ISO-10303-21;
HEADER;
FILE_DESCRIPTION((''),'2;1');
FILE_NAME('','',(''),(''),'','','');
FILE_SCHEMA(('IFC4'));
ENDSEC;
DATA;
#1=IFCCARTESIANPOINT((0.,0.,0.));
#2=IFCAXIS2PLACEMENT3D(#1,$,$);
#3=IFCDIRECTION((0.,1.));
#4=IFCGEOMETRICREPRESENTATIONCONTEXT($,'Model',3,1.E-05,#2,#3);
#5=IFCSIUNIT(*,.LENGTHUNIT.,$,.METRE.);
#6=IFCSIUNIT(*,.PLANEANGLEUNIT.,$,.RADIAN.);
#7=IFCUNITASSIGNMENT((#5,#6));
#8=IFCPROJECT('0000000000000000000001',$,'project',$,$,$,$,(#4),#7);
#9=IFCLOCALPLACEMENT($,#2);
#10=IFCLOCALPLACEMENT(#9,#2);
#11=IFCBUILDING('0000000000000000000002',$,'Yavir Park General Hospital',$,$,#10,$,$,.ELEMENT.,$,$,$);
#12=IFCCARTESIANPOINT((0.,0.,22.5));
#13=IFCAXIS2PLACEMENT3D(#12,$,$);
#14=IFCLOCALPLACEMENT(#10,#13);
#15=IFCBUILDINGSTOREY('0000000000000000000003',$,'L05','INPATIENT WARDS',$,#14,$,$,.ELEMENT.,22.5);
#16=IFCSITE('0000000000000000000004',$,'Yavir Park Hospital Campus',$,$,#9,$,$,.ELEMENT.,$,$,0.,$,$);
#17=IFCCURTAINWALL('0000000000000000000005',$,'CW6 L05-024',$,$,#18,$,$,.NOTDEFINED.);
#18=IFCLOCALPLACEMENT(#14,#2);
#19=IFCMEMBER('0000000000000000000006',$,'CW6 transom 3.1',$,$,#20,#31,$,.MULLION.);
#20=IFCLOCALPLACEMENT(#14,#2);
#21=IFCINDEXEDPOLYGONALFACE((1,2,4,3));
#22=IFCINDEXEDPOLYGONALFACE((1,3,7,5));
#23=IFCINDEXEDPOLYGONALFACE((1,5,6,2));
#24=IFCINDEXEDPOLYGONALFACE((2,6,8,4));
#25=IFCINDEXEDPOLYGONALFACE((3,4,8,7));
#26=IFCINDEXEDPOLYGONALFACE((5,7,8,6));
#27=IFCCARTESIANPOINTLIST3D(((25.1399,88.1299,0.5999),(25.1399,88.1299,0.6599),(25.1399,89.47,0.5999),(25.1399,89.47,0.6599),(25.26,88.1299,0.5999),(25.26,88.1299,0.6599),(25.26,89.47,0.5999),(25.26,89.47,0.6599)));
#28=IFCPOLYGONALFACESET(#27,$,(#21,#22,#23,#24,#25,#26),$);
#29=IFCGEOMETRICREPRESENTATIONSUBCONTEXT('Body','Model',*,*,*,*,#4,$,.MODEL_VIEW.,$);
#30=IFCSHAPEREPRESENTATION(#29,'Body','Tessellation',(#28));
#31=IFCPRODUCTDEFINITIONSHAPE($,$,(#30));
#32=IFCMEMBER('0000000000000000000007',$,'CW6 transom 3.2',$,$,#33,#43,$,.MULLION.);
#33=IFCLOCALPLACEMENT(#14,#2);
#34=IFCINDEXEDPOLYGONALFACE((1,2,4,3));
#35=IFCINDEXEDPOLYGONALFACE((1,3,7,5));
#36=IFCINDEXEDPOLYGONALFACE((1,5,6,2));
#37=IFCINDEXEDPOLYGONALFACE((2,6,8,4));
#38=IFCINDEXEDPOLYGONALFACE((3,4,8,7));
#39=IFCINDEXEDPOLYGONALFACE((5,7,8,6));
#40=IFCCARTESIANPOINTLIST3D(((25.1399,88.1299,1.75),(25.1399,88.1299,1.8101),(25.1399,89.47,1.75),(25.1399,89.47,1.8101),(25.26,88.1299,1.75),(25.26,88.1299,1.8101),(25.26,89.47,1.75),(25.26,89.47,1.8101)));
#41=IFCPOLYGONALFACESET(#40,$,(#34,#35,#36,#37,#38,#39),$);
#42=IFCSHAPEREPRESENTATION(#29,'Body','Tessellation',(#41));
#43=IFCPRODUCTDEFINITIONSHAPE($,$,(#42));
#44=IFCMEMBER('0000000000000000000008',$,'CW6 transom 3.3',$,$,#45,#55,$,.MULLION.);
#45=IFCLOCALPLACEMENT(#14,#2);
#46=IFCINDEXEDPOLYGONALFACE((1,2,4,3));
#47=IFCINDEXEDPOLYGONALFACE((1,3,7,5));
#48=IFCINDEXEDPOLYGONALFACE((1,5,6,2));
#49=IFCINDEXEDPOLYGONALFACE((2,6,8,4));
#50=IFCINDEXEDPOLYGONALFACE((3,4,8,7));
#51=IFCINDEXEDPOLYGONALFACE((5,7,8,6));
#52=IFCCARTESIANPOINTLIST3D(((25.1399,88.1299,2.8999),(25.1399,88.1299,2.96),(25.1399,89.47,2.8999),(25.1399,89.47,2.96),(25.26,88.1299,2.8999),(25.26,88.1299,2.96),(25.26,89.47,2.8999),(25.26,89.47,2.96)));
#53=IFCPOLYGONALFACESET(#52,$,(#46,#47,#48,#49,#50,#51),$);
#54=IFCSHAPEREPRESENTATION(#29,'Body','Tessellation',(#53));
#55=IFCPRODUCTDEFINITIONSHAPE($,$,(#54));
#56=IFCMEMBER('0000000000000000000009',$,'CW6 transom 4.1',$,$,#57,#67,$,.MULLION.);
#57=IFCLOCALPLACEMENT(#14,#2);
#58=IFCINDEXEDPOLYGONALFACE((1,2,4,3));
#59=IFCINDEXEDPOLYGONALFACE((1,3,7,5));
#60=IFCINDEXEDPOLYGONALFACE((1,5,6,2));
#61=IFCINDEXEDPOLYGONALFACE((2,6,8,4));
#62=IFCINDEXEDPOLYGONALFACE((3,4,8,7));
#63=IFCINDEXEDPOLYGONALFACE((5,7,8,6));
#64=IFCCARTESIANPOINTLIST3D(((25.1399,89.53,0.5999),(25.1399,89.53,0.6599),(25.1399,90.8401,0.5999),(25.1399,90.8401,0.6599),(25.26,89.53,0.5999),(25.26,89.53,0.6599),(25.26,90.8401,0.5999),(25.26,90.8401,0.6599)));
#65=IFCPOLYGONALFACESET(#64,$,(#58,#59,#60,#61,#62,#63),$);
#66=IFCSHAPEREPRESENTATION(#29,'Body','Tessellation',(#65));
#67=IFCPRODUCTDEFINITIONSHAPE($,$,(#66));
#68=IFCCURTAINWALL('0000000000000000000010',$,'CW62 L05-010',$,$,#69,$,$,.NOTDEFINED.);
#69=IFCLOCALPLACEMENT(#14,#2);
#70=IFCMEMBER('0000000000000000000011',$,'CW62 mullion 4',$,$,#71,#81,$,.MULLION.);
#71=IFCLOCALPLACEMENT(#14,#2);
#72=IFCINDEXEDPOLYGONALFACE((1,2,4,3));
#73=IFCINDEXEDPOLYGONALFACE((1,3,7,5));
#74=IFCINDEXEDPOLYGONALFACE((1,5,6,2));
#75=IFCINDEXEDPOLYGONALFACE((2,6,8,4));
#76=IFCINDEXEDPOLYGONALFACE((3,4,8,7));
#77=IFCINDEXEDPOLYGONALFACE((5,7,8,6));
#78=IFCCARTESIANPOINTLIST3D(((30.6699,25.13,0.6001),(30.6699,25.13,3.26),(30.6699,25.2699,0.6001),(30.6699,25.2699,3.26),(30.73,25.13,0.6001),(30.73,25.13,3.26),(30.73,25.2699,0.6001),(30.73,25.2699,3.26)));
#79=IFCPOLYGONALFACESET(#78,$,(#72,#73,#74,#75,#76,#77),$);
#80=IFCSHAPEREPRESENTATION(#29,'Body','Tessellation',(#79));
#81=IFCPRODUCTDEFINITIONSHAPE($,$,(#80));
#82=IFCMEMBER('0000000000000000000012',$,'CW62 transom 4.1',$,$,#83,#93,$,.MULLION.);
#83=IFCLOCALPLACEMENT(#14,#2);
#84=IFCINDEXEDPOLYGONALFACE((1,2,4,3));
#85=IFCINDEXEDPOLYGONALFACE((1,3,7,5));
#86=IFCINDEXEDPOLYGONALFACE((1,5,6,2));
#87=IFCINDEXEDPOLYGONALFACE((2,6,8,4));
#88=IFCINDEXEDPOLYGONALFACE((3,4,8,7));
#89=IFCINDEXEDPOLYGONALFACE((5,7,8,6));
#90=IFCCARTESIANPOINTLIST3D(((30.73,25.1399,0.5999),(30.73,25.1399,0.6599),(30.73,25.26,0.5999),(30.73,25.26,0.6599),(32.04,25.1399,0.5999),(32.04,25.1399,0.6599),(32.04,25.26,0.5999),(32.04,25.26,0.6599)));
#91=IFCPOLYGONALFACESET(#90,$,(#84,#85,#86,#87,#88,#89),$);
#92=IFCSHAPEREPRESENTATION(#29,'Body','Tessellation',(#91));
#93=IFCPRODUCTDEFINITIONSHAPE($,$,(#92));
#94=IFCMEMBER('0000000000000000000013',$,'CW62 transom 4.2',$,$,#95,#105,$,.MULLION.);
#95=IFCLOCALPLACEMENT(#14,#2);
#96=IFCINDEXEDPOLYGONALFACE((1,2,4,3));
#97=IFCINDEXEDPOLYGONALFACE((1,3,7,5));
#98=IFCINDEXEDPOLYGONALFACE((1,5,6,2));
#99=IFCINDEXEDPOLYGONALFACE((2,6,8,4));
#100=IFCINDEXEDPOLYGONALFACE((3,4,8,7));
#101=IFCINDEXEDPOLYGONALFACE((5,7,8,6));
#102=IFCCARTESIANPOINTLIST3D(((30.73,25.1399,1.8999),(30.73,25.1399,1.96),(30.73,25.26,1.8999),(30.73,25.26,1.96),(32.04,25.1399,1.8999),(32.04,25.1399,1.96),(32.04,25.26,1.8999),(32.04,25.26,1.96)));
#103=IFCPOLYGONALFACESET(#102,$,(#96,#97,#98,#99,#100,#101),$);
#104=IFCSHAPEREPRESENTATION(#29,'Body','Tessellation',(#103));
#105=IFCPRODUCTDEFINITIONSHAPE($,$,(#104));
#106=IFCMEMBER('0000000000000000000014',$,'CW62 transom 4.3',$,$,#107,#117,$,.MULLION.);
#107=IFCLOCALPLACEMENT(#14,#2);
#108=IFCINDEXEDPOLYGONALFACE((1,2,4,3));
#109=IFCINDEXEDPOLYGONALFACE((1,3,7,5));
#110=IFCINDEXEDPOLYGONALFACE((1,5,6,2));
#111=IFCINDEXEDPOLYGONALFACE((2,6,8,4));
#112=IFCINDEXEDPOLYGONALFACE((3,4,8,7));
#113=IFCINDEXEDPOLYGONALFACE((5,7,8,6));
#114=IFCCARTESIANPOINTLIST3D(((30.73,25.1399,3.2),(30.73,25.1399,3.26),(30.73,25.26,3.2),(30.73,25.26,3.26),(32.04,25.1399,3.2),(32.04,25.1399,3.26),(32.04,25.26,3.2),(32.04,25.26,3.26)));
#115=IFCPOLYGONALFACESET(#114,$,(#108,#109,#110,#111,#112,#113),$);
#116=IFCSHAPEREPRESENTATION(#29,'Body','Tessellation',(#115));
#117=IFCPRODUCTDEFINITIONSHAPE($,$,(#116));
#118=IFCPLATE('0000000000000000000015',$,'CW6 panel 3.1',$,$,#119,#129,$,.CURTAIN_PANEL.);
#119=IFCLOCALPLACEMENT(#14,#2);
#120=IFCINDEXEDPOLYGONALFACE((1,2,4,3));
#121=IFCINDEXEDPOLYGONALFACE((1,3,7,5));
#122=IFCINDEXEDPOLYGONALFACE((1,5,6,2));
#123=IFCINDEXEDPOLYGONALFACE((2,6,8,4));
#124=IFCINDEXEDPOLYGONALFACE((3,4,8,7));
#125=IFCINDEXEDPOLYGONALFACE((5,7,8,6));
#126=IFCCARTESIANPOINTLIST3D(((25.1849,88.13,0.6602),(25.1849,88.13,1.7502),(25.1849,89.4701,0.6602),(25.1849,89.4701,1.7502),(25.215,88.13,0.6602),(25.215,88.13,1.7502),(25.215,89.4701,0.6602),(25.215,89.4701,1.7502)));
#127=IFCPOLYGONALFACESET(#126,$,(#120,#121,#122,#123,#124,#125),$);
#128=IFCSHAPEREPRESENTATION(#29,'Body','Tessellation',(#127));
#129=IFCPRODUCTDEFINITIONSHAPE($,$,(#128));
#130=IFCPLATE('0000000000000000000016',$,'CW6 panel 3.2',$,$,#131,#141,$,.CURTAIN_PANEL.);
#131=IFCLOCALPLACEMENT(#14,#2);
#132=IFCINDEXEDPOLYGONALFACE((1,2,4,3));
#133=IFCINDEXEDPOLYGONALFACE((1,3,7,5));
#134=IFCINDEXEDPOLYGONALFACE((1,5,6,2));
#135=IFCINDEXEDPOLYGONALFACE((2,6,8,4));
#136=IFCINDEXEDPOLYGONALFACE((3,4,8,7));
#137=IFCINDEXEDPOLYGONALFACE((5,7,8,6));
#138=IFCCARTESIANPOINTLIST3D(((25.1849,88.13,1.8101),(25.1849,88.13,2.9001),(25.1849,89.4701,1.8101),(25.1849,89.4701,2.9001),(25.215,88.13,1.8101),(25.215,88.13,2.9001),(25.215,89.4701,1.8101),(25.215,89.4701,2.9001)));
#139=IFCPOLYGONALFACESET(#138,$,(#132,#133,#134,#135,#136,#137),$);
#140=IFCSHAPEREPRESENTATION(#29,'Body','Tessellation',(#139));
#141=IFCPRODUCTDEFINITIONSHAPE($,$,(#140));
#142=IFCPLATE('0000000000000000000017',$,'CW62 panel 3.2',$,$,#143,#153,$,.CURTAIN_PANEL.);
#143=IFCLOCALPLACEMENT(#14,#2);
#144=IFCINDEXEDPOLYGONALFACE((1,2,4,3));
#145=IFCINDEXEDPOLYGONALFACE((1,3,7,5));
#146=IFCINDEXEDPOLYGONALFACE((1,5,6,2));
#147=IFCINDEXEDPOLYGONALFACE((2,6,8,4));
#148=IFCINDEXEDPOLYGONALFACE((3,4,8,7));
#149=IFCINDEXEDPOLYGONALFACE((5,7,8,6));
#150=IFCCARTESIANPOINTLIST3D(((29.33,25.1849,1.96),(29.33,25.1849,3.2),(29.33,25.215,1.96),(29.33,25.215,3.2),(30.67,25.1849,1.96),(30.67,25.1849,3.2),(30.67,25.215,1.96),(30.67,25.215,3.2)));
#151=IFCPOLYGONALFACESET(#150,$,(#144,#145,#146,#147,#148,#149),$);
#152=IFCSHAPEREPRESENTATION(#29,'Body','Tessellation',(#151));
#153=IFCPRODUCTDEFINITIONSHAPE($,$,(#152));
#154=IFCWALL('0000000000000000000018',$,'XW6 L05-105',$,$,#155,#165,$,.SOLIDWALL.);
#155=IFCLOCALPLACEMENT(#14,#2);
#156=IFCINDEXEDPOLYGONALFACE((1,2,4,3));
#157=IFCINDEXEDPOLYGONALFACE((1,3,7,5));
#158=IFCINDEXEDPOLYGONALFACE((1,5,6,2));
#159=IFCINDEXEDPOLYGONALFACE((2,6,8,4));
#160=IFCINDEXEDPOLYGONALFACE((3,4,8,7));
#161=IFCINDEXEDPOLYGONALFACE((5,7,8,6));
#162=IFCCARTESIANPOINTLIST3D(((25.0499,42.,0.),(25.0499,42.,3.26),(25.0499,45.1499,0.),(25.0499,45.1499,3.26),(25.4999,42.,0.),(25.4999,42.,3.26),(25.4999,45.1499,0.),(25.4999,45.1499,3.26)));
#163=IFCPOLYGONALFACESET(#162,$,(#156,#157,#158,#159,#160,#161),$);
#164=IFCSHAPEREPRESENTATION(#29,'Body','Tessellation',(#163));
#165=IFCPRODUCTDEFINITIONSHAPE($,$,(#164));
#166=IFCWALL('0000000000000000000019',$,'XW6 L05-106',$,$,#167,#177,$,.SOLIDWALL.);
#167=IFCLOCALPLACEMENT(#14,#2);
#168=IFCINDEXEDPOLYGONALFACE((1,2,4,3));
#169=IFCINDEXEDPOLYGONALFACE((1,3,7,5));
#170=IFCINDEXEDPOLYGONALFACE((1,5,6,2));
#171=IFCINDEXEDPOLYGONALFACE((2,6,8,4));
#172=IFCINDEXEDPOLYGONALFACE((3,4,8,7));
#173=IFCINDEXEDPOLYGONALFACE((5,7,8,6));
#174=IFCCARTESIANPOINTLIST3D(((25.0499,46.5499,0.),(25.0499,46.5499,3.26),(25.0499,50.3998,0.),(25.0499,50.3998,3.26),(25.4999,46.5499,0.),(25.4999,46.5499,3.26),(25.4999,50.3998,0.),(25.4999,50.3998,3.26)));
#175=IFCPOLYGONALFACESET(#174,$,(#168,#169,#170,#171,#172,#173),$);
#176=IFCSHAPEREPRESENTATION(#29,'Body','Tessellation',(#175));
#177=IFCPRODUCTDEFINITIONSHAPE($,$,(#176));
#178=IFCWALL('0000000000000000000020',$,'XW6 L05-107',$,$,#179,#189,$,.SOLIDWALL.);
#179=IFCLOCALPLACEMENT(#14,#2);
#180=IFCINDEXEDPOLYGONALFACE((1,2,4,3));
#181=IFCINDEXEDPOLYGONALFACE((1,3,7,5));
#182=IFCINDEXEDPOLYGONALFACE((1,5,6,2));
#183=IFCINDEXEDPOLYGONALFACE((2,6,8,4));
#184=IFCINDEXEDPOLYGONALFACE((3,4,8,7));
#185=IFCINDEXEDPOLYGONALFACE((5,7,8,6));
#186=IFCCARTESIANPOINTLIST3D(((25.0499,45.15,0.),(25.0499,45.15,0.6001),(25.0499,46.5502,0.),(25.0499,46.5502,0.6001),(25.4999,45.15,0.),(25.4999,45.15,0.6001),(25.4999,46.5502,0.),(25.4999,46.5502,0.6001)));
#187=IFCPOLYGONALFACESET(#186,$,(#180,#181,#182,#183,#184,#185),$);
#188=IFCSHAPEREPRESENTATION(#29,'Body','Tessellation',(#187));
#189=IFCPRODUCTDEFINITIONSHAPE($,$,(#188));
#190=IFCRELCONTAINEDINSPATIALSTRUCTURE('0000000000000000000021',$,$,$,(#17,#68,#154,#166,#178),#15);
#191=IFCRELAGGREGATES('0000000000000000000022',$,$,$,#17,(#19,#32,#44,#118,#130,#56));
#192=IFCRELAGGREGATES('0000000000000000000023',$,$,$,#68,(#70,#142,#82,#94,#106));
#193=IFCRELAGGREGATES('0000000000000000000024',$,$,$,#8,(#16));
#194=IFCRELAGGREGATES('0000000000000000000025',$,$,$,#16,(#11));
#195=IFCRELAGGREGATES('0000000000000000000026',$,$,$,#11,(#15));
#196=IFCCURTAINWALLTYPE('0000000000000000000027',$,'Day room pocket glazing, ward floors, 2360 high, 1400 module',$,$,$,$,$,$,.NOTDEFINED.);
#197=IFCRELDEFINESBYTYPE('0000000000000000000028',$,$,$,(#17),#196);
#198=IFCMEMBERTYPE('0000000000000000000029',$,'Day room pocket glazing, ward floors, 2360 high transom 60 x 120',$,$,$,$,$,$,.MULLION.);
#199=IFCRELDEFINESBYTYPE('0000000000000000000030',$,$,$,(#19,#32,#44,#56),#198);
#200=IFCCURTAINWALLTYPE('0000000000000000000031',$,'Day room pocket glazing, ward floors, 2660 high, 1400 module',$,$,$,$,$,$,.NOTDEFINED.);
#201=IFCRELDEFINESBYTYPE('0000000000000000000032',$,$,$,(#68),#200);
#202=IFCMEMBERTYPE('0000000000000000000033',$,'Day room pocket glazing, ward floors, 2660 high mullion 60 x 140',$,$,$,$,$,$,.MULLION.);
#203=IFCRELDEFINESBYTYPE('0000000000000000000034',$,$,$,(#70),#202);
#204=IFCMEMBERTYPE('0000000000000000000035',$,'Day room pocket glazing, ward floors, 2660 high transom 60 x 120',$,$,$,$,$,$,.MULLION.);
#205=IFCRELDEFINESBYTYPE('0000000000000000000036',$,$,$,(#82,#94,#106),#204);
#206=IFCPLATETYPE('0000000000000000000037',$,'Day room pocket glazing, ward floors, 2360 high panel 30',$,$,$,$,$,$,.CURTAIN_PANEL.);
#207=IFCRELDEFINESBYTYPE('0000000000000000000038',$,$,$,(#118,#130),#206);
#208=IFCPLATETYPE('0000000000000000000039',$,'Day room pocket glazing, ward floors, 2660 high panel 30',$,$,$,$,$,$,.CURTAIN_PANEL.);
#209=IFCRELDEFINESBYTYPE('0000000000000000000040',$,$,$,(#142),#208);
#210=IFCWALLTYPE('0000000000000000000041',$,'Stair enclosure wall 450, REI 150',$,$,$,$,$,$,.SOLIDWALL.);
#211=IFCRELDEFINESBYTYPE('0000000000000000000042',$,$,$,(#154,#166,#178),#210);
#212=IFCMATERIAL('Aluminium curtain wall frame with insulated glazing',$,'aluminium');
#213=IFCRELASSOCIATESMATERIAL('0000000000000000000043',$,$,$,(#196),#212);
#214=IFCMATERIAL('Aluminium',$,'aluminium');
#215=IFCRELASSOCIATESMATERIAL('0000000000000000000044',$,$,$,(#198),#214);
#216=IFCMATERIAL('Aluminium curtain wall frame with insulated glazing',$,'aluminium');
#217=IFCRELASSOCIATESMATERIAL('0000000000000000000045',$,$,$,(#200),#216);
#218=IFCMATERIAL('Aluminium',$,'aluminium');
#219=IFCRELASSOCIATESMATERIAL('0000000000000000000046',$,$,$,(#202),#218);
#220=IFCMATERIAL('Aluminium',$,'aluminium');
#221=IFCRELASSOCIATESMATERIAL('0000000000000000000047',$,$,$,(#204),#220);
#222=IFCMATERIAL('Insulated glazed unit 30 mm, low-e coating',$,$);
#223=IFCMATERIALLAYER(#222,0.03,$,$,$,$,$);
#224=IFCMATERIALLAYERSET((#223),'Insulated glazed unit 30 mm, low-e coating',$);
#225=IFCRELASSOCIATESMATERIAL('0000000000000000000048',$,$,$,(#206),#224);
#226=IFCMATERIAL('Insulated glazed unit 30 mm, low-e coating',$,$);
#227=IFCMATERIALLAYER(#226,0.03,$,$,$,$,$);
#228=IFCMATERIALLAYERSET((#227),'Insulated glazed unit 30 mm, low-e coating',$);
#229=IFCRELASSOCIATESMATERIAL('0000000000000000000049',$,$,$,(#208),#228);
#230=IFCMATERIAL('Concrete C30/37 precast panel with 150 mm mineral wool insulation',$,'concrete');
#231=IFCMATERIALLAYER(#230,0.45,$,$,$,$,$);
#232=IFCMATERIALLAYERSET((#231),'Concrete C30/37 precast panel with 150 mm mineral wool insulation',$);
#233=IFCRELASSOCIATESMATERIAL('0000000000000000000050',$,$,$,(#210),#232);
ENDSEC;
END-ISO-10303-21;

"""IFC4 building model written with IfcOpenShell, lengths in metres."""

from ifc_helpers import new_model, si_unit, direction, frame, frame_2d, origin, origin_2d, place, context, subcontext, project, spatial, rectangle, extrude, material, layer, layer_set, material_profile, profile_set, type_object, element, aggregate, save


model = new_model("IFC4")

# Units and contexts
model_context = context("Model", 3, precision=1e-05, world=origin(), true_north=direction((0.0, 1.0)))
body_context = subcontext(model_context, "Body", "Model", "MODEL_VIEW")
ifc_project = project(units=[si_unit("LENGTHUNIT", "METRE"), si_unit("PLANEANGLEUNIT", "RADIAN")], contexts=[model_context])

# Site, building, storey
site_placement = place(None, origin())
site = spatial("IfcSite", under=ifc_project, at=site_placement, Name="Yavir Park Hospital Campus", CompositionType="ELEMENT", RefElevation=0.0)
building_placement = place(site_placement, origin())
building = spatial("IfcBuilding", under=site, at=building_placement, Name="Yavir Park General Hospital", CompositionType="ELEMENT")
storey_placement = place(building_placement, frame((0.0, 0.0, 22.5)))
storey = spatial("IfcBuildingStorey", under=building, at=storey_placement, Name="L05", Description="INPATIENT WARDS", CompositionType="ELEMENT", Elevation=22.5)

# Curtain walls, members
ifc_material_1 = material(Name="Aluminium curtain wall frame with insulated glazing", Category="aluminium")
curtain_wall_type_1 = type_object("IfcCurtainWallType", Name="Day room pocket glazing, ward floors, 2360 high, 1400 module", PredefinedType="NOTDEFINED", material=ifc_material_1)
curtain_wall_1_placement = place(storey_placement, origin())
curtain_wall_1 = element("IfcCurtainWall", 1, at=curtain_wall_1_placement, inside=storey, type_object=curtain_wall_type_1, Name="CW6 L05-024", PredefinedType="NOTDEFINED")
ifc_material_2 = material(Name="Aluminium", Category="aluminium")
ifc_material_profile_1 = material_profile(ifc_material_2, rectangle(XDim=0.1201, YDim=0.0601, at=origin_2d()), Name="AL 120x60")
ifc_profile_set_1 = profile_set([ifc_material_profile_1], Name="Aluminium")
member_type_1 = type_object("IfcMemberType", Name="Day room pocket glazing, ward floors, 2360 high transom 60 x 120", PredefinedType="MULLION", material=ifc_profile_set_1)
member_1_placement = place(storey_placement, frame((25.2, 88.1299, 0.6299), z_axis=(0.0, 1.0, 0.0), x_axis=(-1.0, 0.0, 0.0)))
member_1 = element("IfcMember", 2, at=member_1_placement, type_object=member_type_1, Name="CW6 transom 3.1", PredefinedType="MULLION", context=body_context, shape_type="SweptSolid", body=[
    extrude(rectangle(XDim=0.1201, YDim=0.0601, at=origin_2d()), origin(), (0.0, 0.0, 1.0), 1.3401),
])
member_2_placement = place(storey_placement, frame((25.2, 88.1299, 1.78), z_axis=(0.0, 1.0, 0.0), x_axis=(-1.0, 0.0, 0.0)))
member_2 = element("IfcMember", 3, at=member_2_placement, type_object=member_type_1, Name="CW6 transom 3.2", PredefinedType="MULLION", context=body_context, shape_type="SweptSolid", body=[
    extrude(rectangle(XDim=0.1201, YDim=0.0601, at=origin_2d()), origin(), (0.0, 0.0, 1.0), 1.3401),
])
member_3_placement = place(storey_placement, frame((25.2, 88.1299, 2.9299), z_axis=(0.0, 1.0, 0.0), x_axis=(-1.0, 0.0, 0.0)))
member_3 = element("IfcMember", 4, at=member_3_placement, type_object=member_type_1, Name="CW6 transom 3.3", PredefinedType="MULLION", context=body_context, shape_type="SweptSolid", body=[
    extrude(rectangle(XDim=0.1201, YDim=0.0601, at=origin_2d()), origin(), (0.0, 0.0, 1.0), 1.3401),
])
member_4_placement = place(storey_placement, frame((25.2, 89.53, 0.6299), z_axis=(0.0, 1.0, 0.0), x_axis=(-1.0, 0.0, 0.0)))
member_4 = element("IfcMember", 5, at=member_4_placement, type_object=member_type_1, Name="CW6 transom 4.1", PredefinedType="MULLION", context=body_context, shape_type="SweptSolid", body=[
    extrude(rectangle(XDim=0.1201, YDim=0.0601, at=origin_2d()), origin(), (0.0, 0.0, 1.0), 1.3101),
])
ifc_material_3 = material(Name="Aluminium curtain wall frame with insulated glazing", Category="aluminium")
curtain_wall_type_2 = type_object("IfcCurtainWallType", Name="Day room pocket glazing, ward floors, 2660 high, 1400 module", PredefinedType="NOTDEFINED", material=ifc_material_3)
curtain_wall_2_placement = place(storey_placement, origin())
curtain_wall_2 = element("IfcCurtainWall", 6, at=curtain_wall_2_placement, inside=storey, type_object=curtain_wall_type_2, Name="CW62 L05-010", PredefinedType="NOTDEFINED")
ifc_material_4 = material(Name="Aluminium", Category="aluminium")
ifc_material_profile_2 = material_profile(ifc_material_4, rectangle(XDim=0.1399, YDim=0.0601, at=origin_2d()), Name="AL 60x140")
ifc_profile_set_2 = profile_set([ifc_material_profile_2], Name="Aluminium")
member_type_2 = type_object("IfcMemberType", Name="Day room pocket glazing, ward floors, 2660 high mullion 60 x 140", PredefinedType="MULLION", material=ifc_profile_set_2)
member_5_placement = place(storey_placement, frame((30.7, 25.2, 0.6001), z_axis=(0.0, 0.0, 1.0), x_axis=(0.0, 1.0, 0.0)))
member_5 = element("IfcMember", 7, at=member_5_placement, type_object=member_type_2, Name="CW62 mullion 4", PredefinedType="MULLION", context=body_context, shape_type="SweptSolid", body=[
    extrude(rectangle(XDim=0.1399, YDim=0.0601, at=origin_2d()), origin(), (0.0, 0.0, 1.0), 2.6599),
])
ifc_material_5 = material(Name="Aluminium", Category="aluminium")
ifc_material_profile_3 = material_profile(ifc_material_5, rectangle(XDim=0.1201, YDim=0.0601, at=origin_2d()), Name="AL 120x60")
ifc_profile_set_3 = profile_set([ifc_material_profile_3], Name="Aluminium")
member_type_3 = type_object("IfcMemberType", Name="Day room pocket glazing, ward floors, 2660 high transom 60 x 120", PredefinedType="MULLION", material=ifc_profile_set_3)
member_6_placement = place(storey_placement, frame((30.73, 25.2, 0.6299), z_axis=(1.0, 0.0, 0.0), x_axis=(0.0, 1.0, 0.0)))
member_6 = element("IfcMember", 8, at=member_6_placement, type_object=member_type_3, Name="CW62 transom 4.1", PredefinedType="MULLION", context=body_context, shape_type="SweptSolid", body=[
    extrude(rectangle(XDim=0.1201, YDim=0.0601, at=origin_2d()), origin(), (0.0, 0.0, 1.0), 1.3101),
])
member_7_placement = place(storey_placement, frame((30.73, 25.2, 1.9299), z_axis=(1.0, 0.0, 0.0), x_axis=(0.0, 1.0, 0.0)))
member_7 = element("IfcMember", 9, at=member_7_placement, type_object=member_type_3, Name="CW62 transom 4.2", PredefinedType="MULLION", context=body_context, shape_type="SweptSolid", body=[
    extrude(rectangle(XDim=0.1201, YDim=0.0601, at=origin_2d()), origin(), (0.0, 0.0, 1.0), 1.3101),
])
member_8_placement = place(storey_placement, frame((30.73, 25.2, 3.23), z_axis=(1.0, 0.0, 0.0), x_axis=(0.0, 1.0, 0.0)))
member_8 = element("IfcMember", 10, at=member_8_placement, type_object=member_type_3, Name="CW62 transom 4.3", PredefinedType="MULLION", context=body_context, shape_type="SweptSolid", body=[
    extrude(rectangle(XDim=0.1201, YDim=0.0601, at=origin_2d()), origin(), (0.0, 0.0, 1.0), 1.3101),
])

# Plates
ifc_material_6 = material(Name="Insulated glazed unit 30 mm, low-e coating")
ifc_layer_1 = layer(ifc_material_6, 0.03)
ifc_layer_set_1 = layer_set([ifc_layer_1], Name="Insulated glazed unit 30 mm, low-e coating")
plate_type_1 = type_object("IfcPlateType", Name="Day room pocket glazing, ward floors, 2360 high panel 30", PredefinedType="CURTAIN_PANEL", material=ifc_layer_set_1)
plate_1_placement = place(storey_placement, frame((25.2, 88.8, 0.6602), z_axis=(0.0, 0.0, 1.0), x_axis=(0.0, 1.0, 0.0)))
plate_1 = element("IfcPlate", 11, at=plate_1_placement, type_object=plate_type_1, Name="CW6 panel 3.1", PredefinedType="CURTAIN_PANEL", context=body_context, shape_type="SweptSolid", body=[
    extrude(rectangle(XDim=1.3401, YDim=0.03, at=origin_2d()), origin(), (0.0, 0.0, 1.0), 1.0901),
])
plate_2_placement = place(storey_placement, frame((25.2, 88.8, 1.8101), z_axis=(0.0, 0.0, 1.0), x_axis=(0.0, 1.0, 0.0)))
plate_2 = element("IfcPlate", 12, at=plate_2_placement, type_object=plate_type_1, Name="CW6 panel 3.2", PredefinedType="CURTAIN_PANEL", context=body_context, shape_type="SweptSolid", body=[
    extrude(rectangle(XDim=1.3401, YDim=0.03, at=origin_2d()), origin(), (0.0, 0.0, 1.0), 1.0901),
])
aggregate(curtain_wall_1, [member_1, member_2, member_3, plate_1, plate_2, member_4])
ifc_material_7 = material(Name="Insulated glazed unit 30 mm, low-e coating")
ifc_layer_2 = layer(ifc_material_7, 0.03)
ifc_layer_set_2 = layer_set([ifc_layer_2], Name="Insulated glazed unit 30 mm, low-e coating")
plate_type_2 = type_object("IfcPlateType", Name="Day room pocket glazing, ward floors, 2660 high panel 30", PredefinedType="CURTAIN_PANEL", material=ifc_layer_set_2)
plate_3_placement = place(storey_placement, frame((30.0, 25.2, 1.96), z_axis=(0.0, 0.0, 1.0), x_axis=(1.0, 0.0, 0.0)))
plate_3 = element("IfcPlate", 13, at=plate_3_placement, type_object=plate_type_2, Name="CW62 panel 3.2", PredefinedType="CURTAIN_PANEL", context=body_context, shape_type="SweptSolid", body=[
    extrude(rectangle(XDim=1.3401, YDim=0.03, at=origin_2d()), origin(), (0.0, 0.0, 1.0), 1.24),
])
aggregate(curtain_wall_2, [member_5, plate_3, member_6, member_7, member_8])

# Walls
ifc_material_8 = material(Name="Concrete C30/37 precast panel with 150 mm mineral wool insulation", Category="concrete")
ifc_layer_3 = layer(ifc_material_8, 0.45)
ifc_layer_set_3 = layer_set([ifc_layer_3], Name="Concrete C30/37 precast panel with 150 mm mineral wool insulation")
wall_type = type_object("IfcWallType", Name="Stair enclosure wall 450, REI 150", PredefinedType="SOLIDWALL", material=ifc_layer_set_3)
wall_1_placement = place(storey_placement, frame((25.2749, 42.0, 0.0), z_axis=(0.0, 0.0, 1.0), x_axis=(0.0, 1.0, 0.0)))
element("IfcWall", 14, at=wall_1_placement, inside=storey, type_object=wall_type, Name="XW6 L05-105", PredefinedType="SOLIDWALL", context=body_context, shape_type="SweptSolid", body=[
    extrude(rectangle(XDim=3.1499, YDim=0.45, at=frame_2d((1.575, 0.0))), origin(), (0.0, 0.0, 1.0), 3.26),
])
wall_2_placement = place(storey_placement, frame((25.2749, 46.55, 0.0), z_axis=(0.0, 0.0, 1.0), x_axis=(0.0, 1.0, 0.0)))
element("IfcWall", 15, at=wall_2_placement, inside=storey, type_object=wall_type, Name="XW6 L05-106", PredefinedType="SOLIDWALL", context=body_context, shape_type="SweptSolid", body=[
    extrude(rectangle(XDim=3.8499, YDim=0.45, at=frame_2d((1.9248, 0.0))), origin(), (0.0, 0.0, 1.0), 3.26),
])
wall_3_placement = place(storey_placement, frame((25.2749, 45.1499, 0.0), z_axis=(0.0, 0.0, 1.0), x_axis=(0.0, 1.0, 0.0)))
element("IfcWall", 16, at=wall_3_placement, inside=storey, type_object=wall_type, Name="XW6 L05-107", PredefinedType="SOLIDWALL", context=body_context, shape_type="SweptSolid", body=[
    extrude(rectangle(XDim=1.4001, YDim=0.45, at=frame_2d((0.7002, 0.0))), origin(), (0.0, 0.0, 1.0), 0.6001),
])

save(model, "model.ifc")
